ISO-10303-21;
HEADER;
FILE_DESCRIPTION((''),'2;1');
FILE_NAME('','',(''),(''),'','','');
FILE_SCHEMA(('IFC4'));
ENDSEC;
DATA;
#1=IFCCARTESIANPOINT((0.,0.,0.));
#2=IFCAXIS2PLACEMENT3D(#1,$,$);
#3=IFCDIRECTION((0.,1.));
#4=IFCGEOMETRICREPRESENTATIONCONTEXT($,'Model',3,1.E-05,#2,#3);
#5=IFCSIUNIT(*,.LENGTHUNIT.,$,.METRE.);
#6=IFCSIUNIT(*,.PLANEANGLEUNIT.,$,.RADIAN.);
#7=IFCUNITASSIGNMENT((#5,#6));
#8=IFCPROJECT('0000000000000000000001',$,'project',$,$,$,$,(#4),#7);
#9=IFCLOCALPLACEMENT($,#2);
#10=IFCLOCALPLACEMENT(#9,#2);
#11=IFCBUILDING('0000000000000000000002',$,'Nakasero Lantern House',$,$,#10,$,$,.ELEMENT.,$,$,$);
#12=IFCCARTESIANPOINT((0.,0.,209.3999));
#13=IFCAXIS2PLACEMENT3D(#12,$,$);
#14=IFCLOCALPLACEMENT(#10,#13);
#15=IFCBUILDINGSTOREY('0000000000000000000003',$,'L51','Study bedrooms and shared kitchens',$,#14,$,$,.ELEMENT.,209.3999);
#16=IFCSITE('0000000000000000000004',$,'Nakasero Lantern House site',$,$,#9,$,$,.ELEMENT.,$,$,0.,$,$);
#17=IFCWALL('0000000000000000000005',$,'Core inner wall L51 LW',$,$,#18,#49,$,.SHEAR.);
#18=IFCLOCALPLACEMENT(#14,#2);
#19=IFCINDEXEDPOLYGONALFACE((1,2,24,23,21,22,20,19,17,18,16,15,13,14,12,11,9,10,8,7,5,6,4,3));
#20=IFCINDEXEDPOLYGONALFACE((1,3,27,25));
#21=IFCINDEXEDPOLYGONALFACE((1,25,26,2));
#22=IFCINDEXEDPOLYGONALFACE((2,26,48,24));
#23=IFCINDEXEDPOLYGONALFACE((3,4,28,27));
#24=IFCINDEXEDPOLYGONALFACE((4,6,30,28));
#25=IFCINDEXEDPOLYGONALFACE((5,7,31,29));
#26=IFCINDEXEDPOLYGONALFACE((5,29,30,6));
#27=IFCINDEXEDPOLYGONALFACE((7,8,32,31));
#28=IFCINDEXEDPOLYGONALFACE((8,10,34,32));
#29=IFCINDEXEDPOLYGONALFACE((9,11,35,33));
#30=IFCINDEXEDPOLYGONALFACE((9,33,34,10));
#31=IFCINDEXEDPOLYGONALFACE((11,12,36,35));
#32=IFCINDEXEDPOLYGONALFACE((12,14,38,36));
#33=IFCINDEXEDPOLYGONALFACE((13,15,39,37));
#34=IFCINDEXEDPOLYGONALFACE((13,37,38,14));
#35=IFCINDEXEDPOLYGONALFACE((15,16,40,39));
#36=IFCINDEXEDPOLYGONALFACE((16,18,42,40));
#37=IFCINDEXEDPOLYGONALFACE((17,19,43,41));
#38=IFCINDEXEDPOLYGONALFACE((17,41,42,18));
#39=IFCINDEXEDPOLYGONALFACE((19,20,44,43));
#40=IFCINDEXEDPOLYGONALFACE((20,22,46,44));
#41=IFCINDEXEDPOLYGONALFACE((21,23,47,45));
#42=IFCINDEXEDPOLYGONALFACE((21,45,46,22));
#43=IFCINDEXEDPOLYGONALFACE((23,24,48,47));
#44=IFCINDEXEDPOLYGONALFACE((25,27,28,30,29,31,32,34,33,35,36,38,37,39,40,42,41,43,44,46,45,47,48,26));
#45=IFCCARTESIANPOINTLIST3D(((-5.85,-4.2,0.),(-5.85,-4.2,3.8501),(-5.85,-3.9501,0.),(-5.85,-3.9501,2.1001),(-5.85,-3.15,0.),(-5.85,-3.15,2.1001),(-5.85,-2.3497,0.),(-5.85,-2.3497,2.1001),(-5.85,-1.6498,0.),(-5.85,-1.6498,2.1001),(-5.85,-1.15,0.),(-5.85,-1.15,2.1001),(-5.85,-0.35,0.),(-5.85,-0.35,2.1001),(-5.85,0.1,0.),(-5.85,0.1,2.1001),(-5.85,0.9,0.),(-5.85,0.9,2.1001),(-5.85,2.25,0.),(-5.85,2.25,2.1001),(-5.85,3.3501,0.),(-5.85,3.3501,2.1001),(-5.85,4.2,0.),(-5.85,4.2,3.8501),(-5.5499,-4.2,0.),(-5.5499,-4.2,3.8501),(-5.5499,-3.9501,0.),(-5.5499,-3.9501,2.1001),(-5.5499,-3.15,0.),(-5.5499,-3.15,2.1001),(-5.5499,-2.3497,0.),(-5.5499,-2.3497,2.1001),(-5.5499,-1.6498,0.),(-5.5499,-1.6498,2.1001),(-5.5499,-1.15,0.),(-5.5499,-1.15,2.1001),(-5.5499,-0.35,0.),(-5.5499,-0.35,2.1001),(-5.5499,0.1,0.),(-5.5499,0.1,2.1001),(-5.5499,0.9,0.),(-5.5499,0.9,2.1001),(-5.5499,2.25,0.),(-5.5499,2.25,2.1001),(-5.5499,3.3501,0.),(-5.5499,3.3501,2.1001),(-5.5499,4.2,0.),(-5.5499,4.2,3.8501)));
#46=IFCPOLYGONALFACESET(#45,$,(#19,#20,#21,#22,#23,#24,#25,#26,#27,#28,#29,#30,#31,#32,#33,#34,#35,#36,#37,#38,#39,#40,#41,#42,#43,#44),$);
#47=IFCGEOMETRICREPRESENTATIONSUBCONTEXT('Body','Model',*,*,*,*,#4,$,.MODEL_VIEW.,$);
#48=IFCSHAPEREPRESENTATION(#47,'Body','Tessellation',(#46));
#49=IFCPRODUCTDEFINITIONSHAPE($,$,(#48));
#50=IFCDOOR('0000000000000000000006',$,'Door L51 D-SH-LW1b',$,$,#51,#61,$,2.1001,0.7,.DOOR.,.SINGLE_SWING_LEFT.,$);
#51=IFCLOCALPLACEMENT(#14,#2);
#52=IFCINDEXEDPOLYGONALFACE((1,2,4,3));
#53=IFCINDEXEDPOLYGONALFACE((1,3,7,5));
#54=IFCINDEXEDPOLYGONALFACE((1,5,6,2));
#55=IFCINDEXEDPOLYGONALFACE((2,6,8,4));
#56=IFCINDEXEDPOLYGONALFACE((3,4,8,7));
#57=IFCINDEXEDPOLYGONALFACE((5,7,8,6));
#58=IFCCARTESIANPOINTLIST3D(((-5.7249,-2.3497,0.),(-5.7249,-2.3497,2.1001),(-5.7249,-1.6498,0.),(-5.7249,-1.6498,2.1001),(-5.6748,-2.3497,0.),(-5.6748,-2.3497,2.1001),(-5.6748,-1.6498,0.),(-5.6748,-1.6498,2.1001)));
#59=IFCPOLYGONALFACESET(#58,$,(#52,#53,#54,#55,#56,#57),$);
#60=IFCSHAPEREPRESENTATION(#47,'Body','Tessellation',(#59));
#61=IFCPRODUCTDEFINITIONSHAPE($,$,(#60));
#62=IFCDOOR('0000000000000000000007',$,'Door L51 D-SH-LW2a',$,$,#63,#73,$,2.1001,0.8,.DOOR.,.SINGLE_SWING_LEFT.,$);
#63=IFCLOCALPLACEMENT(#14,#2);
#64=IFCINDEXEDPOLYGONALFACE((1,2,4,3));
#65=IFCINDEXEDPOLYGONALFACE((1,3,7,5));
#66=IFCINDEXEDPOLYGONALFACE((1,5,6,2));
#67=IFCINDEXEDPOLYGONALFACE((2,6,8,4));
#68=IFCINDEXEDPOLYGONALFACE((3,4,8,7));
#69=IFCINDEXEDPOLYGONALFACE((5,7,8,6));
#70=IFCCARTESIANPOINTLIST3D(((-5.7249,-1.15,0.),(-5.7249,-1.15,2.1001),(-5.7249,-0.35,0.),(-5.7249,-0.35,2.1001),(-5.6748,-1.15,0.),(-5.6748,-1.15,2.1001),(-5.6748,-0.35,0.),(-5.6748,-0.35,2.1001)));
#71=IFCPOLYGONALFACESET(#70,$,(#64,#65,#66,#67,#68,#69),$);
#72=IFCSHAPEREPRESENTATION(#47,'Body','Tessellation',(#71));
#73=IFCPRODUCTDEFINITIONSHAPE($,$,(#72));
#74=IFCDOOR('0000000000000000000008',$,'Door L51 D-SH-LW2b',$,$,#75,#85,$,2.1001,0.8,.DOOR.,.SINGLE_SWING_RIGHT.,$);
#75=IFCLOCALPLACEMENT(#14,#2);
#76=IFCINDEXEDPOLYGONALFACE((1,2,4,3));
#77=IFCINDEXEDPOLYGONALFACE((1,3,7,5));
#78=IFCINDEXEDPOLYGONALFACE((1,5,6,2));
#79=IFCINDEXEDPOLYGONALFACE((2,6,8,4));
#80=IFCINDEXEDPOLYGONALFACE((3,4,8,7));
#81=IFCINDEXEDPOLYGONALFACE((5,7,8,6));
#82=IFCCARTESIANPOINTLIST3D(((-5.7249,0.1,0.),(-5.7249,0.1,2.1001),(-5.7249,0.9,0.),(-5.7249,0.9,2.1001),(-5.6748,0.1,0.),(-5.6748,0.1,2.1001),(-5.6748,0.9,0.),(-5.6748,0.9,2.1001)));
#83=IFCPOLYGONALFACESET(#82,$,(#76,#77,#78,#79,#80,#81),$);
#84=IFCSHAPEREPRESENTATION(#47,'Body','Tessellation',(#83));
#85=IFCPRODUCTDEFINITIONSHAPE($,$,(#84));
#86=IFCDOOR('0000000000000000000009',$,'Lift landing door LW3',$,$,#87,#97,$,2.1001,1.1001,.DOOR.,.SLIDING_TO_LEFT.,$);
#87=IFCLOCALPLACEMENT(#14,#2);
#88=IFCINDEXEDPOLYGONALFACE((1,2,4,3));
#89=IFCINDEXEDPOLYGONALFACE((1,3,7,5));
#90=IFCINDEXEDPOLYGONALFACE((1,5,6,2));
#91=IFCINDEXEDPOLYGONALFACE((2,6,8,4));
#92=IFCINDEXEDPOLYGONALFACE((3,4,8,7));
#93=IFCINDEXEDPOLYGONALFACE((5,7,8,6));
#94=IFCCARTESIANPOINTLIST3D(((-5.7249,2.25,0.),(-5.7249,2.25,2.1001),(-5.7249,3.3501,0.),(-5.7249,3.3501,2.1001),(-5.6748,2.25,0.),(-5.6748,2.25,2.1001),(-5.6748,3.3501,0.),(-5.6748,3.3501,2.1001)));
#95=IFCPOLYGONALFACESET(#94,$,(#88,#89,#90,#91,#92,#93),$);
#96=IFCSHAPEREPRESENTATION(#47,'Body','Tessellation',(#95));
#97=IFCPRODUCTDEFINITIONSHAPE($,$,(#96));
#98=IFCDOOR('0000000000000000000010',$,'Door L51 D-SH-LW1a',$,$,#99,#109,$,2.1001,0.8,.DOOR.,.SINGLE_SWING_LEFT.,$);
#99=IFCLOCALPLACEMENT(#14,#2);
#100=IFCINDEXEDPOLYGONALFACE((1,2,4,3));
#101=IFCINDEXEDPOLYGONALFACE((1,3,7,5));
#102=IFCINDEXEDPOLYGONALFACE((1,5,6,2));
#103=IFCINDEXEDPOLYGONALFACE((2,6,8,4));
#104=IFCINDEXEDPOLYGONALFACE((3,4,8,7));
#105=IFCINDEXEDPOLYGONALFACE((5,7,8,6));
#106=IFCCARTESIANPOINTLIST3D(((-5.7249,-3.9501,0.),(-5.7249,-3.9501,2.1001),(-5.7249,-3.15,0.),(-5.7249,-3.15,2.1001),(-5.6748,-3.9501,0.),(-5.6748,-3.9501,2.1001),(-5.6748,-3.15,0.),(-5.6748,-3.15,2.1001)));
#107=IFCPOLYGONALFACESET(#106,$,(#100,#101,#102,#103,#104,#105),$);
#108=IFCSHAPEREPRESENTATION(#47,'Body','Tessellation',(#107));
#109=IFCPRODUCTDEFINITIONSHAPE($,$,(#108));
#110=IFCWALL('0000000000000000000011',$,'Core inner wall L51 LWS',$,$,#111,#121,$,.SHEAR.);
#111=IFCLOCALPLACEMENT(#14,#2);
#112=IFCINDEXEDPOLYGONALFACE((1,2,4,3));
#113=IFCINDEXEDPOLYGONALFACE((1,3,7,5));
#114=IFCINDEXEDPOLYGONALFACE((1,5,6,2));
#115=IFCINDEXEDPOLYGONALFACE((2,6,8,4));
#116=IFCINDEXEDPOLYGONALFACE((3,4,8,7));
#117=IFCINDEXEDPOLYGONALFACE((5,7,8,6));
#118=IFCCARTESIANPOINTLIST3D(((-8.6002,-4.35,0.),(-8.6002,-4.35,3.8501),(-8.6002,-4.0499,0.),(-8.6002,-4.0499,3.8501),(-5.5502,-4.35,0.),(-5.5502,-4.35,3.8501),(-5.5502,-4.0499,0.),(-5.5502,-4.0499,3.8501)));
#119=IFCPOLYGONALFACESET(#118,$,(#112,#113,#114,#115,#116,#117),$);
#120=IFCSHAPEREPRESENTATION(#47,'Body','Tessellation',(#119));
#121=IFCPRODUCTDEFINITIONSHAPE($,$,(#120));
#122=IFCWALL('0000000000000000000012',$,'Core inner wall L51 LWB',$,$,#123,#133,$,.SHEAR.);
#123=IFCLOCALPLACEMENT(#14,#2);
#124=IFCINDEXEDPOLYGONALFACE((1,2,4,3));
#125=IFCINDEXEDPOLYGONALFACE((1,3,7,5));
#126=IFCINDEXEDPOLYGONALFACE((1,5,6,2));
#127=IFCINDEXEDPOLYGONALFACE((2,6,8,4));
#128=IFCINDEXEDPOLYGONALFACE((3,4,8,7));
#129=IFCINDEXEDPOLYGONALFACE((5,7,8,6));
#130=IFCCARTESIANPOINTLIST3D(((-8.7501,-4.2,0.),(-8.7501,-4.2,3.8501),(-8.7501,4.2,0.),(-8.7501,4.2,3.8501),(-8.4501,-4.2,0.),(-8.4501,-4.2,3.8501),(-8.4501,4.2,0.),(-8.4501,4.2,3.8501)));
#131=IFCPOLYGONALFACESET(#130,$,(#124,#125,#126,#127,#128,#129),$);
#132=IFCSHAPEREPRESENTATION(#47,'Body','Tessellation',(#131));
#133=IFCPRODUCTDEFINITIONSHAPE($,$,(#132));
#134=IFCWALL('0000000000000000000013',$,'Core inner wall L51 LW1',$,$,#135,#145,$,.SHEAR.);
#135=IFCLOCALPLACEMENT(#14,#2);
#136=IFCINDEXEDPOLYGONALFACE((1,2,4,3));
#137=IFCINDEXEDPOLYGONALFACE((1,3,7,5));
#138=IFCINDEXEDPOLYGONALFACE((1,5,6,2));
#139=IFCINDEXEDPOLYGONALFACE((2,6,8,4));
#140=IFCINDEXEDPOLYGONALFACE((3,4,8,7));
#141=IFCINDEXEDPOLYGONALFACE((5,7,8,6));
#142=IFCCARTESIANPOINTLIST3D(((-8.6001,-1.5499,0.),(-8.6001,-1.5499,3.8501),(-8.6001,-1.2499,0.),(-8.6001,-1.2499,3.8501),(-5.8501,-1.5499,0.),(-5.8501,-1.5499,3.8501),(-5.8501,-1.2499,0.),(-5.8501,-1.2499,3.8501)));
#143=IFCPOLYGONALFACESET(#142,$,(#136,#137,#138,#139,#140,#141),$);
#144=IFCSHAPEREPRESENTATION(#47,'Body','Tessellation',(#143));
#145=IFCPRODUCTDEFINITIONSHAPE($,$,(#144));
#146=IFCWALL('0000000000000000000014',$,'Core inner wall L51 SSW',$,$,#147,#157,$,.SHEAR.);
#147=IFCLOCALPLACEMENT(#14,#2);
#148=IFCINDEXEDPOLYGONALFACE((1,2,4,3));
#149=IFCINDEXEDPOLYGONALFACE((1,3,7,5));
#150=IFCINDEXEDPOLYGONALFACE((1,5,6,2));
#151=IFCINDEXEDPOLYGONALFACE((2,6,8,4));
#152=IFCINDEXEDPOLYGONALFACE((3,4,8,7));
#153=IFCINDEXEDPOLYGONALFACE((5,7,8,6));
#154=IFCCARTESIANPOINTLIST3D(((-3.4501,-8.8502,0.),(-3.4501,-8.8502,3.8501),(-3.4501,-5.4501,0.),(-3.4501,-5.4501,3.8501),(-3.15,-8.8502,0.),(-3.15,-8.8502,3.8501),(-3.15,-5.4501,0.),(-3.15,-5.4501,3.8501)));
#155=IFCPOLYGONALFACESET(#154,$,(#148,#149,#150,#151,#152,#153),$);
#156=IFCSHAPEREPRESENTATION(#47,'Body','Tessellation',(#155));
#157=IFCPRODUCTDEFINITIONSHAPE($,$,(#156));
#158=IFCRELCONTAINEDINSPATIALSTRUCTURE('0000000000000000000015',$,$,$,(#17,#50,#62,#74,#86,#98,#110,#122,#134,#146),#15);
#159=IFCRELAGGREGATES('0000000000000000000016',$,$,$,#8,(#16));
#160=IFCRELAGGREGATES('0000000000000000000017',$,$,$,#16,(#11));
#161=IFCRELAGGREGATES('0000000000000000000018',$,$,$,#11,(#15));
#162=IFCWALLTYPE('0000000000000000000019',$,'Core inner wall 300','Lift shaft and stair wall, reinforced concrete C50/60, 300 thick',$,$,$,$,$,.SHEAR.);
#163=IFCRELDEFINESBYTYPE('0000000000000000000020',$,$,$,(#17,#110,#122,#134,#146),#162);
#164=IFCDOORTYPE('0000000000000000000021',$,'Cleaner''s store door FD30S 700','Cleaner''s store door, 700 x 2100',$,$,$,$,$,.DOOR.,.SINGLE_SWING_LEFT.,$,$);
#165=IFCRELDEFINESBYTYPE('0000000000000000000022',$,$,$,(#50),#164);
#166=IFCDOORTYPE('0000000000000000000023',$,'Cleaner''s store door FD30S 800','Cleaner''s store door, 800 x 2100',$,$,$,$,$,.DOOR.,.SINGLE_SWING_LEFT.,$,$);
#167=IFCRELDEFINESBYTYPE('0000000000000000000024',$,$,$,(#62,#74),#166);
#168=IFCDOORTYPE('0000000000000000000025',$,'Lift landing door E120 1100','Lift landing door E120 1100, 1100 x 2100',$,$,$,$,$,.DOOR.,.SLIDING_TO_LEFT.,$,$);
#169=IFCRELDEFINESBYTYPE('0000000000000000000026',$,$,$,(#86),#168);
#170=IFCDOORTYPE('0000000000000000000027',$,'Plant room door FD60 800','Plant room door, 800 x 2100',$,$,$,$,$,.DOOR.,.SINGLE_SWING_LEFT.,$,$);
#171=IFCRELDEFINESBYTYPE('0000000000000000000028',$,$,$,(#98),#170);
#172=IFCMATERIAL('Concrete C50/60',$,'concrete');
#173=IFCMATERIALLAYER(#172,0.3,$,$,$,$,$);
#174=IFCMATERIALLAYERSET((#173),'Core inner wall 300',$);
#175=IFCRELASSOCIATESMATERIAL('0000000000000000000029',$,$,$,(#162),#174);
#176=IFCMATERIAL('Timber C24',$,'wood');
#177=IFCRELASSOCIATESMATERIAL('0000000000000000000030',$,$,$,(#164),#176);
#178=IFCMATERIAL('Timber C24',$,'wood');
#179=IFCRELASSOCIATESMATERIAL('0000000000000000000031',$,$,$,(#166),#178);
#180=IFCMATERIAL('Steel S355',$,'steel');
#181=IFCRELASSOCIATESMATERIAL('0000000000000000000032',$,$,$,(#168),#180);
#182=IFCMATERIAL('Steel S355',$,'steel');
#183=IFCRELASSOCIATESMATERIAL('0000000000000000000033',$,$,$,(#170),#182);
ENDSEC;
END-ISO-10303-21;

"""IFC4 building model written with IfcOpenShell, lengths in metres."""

from ifc_helpers import new_model, si_unit, direction, frame, frame_2d, origin, place, context, subcontext, project, spatial, rectangle, extrude, material, layer, layer_set, type_object, element, fill, save


model = new_model("IFC4")

# Units and contexts
model_context = context("Model", 3, precision=1e-05, world=origin(), true_north=direction((0.0, 1.0)))
body_context = subcontext(model_context, "Body", "Model", "MODEL_VIEW")
ifc_project = project(units=[si_unit("LENGTHUNIT", "METRE"), si_unit("PLANEANGLEUNIT", "RADIAN")], contexts=[model_context])

# Site, building, storey
site_placement = place(None, origin())
site = spatial("IfcSite", under=ifc_project, at=site_placement, Name="Nakasero Lantern House site", CompositionType="ELEMENT", RefElevation=0.0)
building_placement = place(site_placement, origin())
building = spatial("IfcBuilding", under=site, at=building_placement, Name="Nakasero Lantern House", CompositionType="ELEMENT")
storey_placement = place(building_placement, frame((0.0, 0.0, 209.3999)))
storey = spatial("IfcBuildingStorey", under=building, at=storey_placement, Name="L51", Description="Study bedrooms and shared kitchens", CompositionType="ELEMENT", Elevation=209.3999)

# Wall, openings, doors
ifc_material_1 = material(Name="Concrete C50/60", Category="concrete")
ifc_layer_1 = layer(ifc_material_1, 0.3)
ifc_layer_set_1 = layer_set([ifc_layer_1], Name="Core inner wall 300")
wall_type_1 = type_object("IfcWallType", Name="Core inner wall 300", Description="Lift shaft and stair wall, reinforced concrete C50/60, 300 thick", PredefinedType="SHEAR", material=ifc_layer_set_1)
wall_1_placement = place(storey_placement, frame((-5.7, -4.2, 0.0), z_axis=(0.0, 0.0, 1.0), x_axis=(0.0, 1.0, 0.0)))
wall_1 = element("IfcWall", 1, at=wall_1_placement, inside=storey, type_object=wall_type_1, Name="Core inner wall L51 LW", PredefinedType="SHEAR", context=body_context, shape_type="SweptSolid", body=[
    extrude(rectangle(XDim=8.3999, YDim=0.3, at=frame_2d((4.2, 0.0))), origin(), (0.0, 0.0, 1.0), 3.8501),
])
opening_1_placement = place(wall_1_placement, frame((0.25, 0.0, 0.0)))
opening_1 = element("IfcOpeningElement", 2, at=opening_1_placement, cuts=wall_1, PredefinedType="OPENING", context=body_context, shape_type="SweptSolid", body=[
    extrude(rectangle(XDim=0.8, YDim=2.1001, at=frame_2d((0.3999, 1.05))), frame((0.0, 0.1699, 0.0), z_axis=(0.0, -1.0, 0.0), x_axis=(1.0, 0.0, 0.0)), (0.0, 0.0, 1.0), 0.3401),
])
opening_2_placement = place(wall_1_placement, frame((1.8501, 0.0, 0.0)))
opening_2 = element("IfcOpeningElement", 3, at=opening_2_placement, cuts=wall_1, PredefinedType="OPENING", context=body_context, shape_type="SweptSolid", body=[
    extrude(rectangle(XDim=0.7, YDim=2.1001, at=frame_2d((0.3501, 1.05))), frame((0.0, 0.1699, 0.0), z_axis=(0.0, -1.0, 0.0), x_axis=(1.0, 0.0, 0.0)), (0.0, 0.0, 1.0), 0.3401),
])
opening_3_placement = place(wall_1_placement, frame((3.05, 0.0, 0.0)))
opening_3 = element("IfcOpeningElement", 4, at=opening_3_placement, cuts=wall_1, PredefinedType="OPENING", context=body_context, shape_type="SweptSolid", body=[
    extrude(rectangle(XDim=0.8, YDim=2.1001, at=frame_2d((0.3999, 1.05))), frame((0.0, 0.1699, 0.0), z_axis=(0.0, -1.0, 0.0), x_axis=(1.0, 0.0, 0.0)), (0.0, 0.0, 1.0), 0.3401),
])
opening_4_placement = place(wall_1_placement, frame((4.3, 0.0, 0.0)))
opening_4 = element("IfcOpeningElement", 5, at=opening_4_placement, cuts=wall_1, PredefinedType="OPENING", context=body_context, shape_type="SweptSolid", body=[
    extrude(rectangle(XDim=0.8, YDim=2.1001, at=frame_2d((0.3999, 1.05))), frame((0.0, 0.1699, 0.0), z_axis=(0.0, -1.0, 0.0), x_axis=(1.0, 0.0, 0.0)), (0.0, 0.0, 1.0), 0.3401),
])
opening_5_placement = place(wall_1_placement, frame((6.45, 0.0, 0.0)))
opening_5 = element("IfcOpeningElement", 6, at=opening_5_placement, cuts=wall_1, PredefinedType="OPENING", context=body_context, shape_type="SweptSolid", body=[
    extrude(rectangle(XDim=1.1001, YDim=2.1001, at=frame_2d((0.55, 1.05))), frame((0.0, 0.1699, 0.0), z_axis=(0.0, -1.0, 0.0), x_axis=(1.0, 0.0, 0.0)), (0.0, 0.0, 1.0), 0.3401),
])
ifc_material_2 = material(Name="Timber C24", Category="wood")
door_type_1 = type_object("IfcDoorType", Name="Cleaner's store door FD30S 700", Description="Cleaner's store door, 700 x 2100", OperationType="SINGLE_SWING_LEFT", PredefinedType="DOOR", material=ifc_material_2)
door_1_placement = place(opening_2_placement, origin())
door_1 = element("IfcDoor", 7, at=door_1_placement, inside=storey, type_object=door_type_1, Name="Door L51 D-SH-LW1b", OperationType="SINGLE_SWING_LEFT", OverallHeight=2.1001, OverallWidth=0.7, PredefinedType="DOOR", context=body_context, shape_type="SweptSolid", body=[
    extrude(rectangle(XDim=0.7, YDim=2.1001, at=frame_2d((0.3501, 1.05))), frame((0.0, 0.0249, 0.0), z_axis=(0.0, -1.0, 0.0), x_axis=(1.0, 0.0, 0.0)), (0.0, 0.0, 1.0), 0.05),
])
fill(opening_2, door_1)
ifc_material_3 = material(Name="Timber C24", Category="wood")
door_type_2 = type_object("IfcDoorType", Name="Cleaner's store door FD30S 800", Description="Cleaner's store door, 800 x 2100", OperationType="SINGLE_SWING_LEFT", PredefinedType="DOOR", material=ifc_material_3)
door_2_placement = place(opening_3_placement, origin())
door_2 = element("IfcDoor", 8, at=door_2_placement, inside=storey, type_object=door_type_2, Name="Door L51 D-SH-LW2a", OperationType="SINGLE_SWING_LEFT", OverallHeight=2.1001, OverallWidth=0.8, PredefinedType="DOOR", context=body_context, shape_type="SweptSolid", body=[
    extrude(rectangle(XDim=0.8, YDim=2.1001, at=frame_2d((0.3999, 1.05))), frame((0.0, 0.0249, 0.0), z_axis=(0.0, -1.0, 0.0), x_axis=(1.0, 0.0, 0.0)), (0.0, 0.0, 1.0), 0.05),
])
fill(opening_3, door_2)
door_3_placement = place(opening_4_placement, origin())
door_3 = element("IfcDoor", 9, at=door_3_placement, inside=storey, type_object=door_type_2, Name="Door L51 D-SH-LW2b", OperationType="SINGLE_SWING_RIGHT", OverallHeight=2.1001, OverallWidth=0.8, PredefinedType="DOOR", context=body_context, shape_type="SweptSolid", body=[
    extrude(rectangle(XDim=0.8, YDim=2.1001, at=frame_2d((0.3999, 1.05))), frame((0.0, 0.0249, 0.0), z_axis=(0.0, -1.0, 0.0), x_axis=(1.0, 0.0, 0.0)), (0.0, 0.0, 1.0), 0.05),
])
fill(opening_4, door_3)
ifc_material_4 = material(Name="Steel S355", Category="steel")
door_type_3 = type_object("IfcDoorType", Name="Lift landing door E120 1100", Description="Lift landing door E120 1100, 1100 x 2100", OperationType="SLIDING_TO_LEFT", PredefinedType="DOOR", material=ifc_material_4)
door_4_placement = place(opening_5_placement, origin())
door_4 = element("IfcDoor", 10, at=door_4_placement, inside=storey, type_object=door_type_3, Name="Lift landing door LW3", OperationType="SLIDING_TO_LEFT", OverallHeight=2.1001, OverallWidth=1.1001, PredefinedType="DOOR", context=body_context, shape_type="SweptSolid", body=[
    extrude(rectangle(XDim=1.1001, YDim=2.1001, at=frame_2d((0.55, 1.05))), frame((0.0, 0.0249, 0.0), z_axis=(0.0, -1.0, 0.0), x_axis=(1.0, 0.0, 0.0)), (0.0, 0.0, 1.0), 0.05),
])
fill(opening_5, door_4)
ifc_material_5 = material(Name="Steel S355", Category="steel")
door_type_4 = type_object("IfcDoorType", Name="Plant room door FD60 800", Description="Plant room door, 800 x 2100", OperationType="SINGLE_SWING_LEFT", PredefinedType="DOOR", material=ifc_material_5)
door_5_placement = place(opening_1_placement, origin())
door_5 = element("IfcDoor", 11, at=door_5_placement, inside=storey, type_object=door_type_4, Name="Door L51 D-SH-LW1a", OperationType="SINGLE_SWING_LEFT", OverallHeight=2.1001, OverallWidth=0.8, PredefinedType="DOOR", context=body_context, shape_type="SweptSolid", body=[
    extrude(rectangle(XDim=0.8, YDim=2.1001, at=frame_2d((0.3999, 1.05))), frame((0.0, 0.0249, 0.0), z_axis=(0.0, -1.0, 0.0), x_axis=(1.0, 0.0, 0.0)), (0.0, 0.0, 1.0), 0.05),
])
fill(opening_1, door_5)

# Walls
wall_2_placement = place(storey_placement, frame((-8.6001, -4.2, 0.0), z_axis=(0.0, 0.0, 1.0), x_axis=(1.0, 0.0, 0.0)))
element("IfcWall", 12, at=wall_2_placement, inside=storey, type_object=wall_type_1, Name="Core inner wall L51 LWS", PredefinedType="SHEAR", context=body_context, shape_type="SweptSolid", body=[
    extrude(rectangle(XDim=3.05, YDim=0.3, at=frame_2d((1.5249, 0.0))), origin(), (0.0, 0.0, 1.0), 3.8501),
])
wall_3_placement = place(storey_placement, frame((-8.6001, -4.2, 0.0), z_axis=(0.0, 0.0, 1.0), x_axis=(0.0, 1.0, 0.0)))
element("IfcWall", 13, at=wall_3_placement, inside=storey, type_object=wall_type_1, Name="Core inner wall L51 LWB", PredefinedType="SHEAR", context=body_context, shape_type="SweptSolid", body=[
    extrude(rectangle(XDim=8.3999, YDim=0.3, at=frame_2d((4.2, 0.0))), origin(), (0.0, 0.0, 1.0), 3.8501),
])
wall_4_placement = place(storey_placement, frame((-8.6001, -1.3999, 0.0), z_axis=(0.0, 0.0, 1.0), x_axis=(1.0, 0.0, 0.0)))
element("IfcWall", 14, at=wall_4_placement, inside=storey, type_object=wall_type_1, Name="Core inner wall L51 LW1", PredefinedType="SHEAR", context=body_context, shape_type="SweptSolid", body=[
    extrude(rectangle(XDim=2.75, YDim=0.3, at=frame_2d((1.375, 0.0))), origin(), (0.0, 0.0, 1.0), 3.8501),
])
wall_5_placement = place(storey_placement, frame((-3.3, -5.45, 0.0), z_axis=(0.0, 0.0, 1.0), x_axis=(0.0, -1.0, 0.0)))
element("IfcWall", 15, at=wall_5_placement, inside=storey, type_object=wall_type_1, Name="Core inner wall L51 SSW", PredefinedType="SHEAR", context=body_context, shape_type="SweptSolid", body=[
    extrude(rectangle(XDim=3.4001, YDim=0.3, at=frame_2d((1.7002, 0.0))), origin(), (0.0, 0.0, 1.0), 3.8501),
])

save(model, "model.ifc")
